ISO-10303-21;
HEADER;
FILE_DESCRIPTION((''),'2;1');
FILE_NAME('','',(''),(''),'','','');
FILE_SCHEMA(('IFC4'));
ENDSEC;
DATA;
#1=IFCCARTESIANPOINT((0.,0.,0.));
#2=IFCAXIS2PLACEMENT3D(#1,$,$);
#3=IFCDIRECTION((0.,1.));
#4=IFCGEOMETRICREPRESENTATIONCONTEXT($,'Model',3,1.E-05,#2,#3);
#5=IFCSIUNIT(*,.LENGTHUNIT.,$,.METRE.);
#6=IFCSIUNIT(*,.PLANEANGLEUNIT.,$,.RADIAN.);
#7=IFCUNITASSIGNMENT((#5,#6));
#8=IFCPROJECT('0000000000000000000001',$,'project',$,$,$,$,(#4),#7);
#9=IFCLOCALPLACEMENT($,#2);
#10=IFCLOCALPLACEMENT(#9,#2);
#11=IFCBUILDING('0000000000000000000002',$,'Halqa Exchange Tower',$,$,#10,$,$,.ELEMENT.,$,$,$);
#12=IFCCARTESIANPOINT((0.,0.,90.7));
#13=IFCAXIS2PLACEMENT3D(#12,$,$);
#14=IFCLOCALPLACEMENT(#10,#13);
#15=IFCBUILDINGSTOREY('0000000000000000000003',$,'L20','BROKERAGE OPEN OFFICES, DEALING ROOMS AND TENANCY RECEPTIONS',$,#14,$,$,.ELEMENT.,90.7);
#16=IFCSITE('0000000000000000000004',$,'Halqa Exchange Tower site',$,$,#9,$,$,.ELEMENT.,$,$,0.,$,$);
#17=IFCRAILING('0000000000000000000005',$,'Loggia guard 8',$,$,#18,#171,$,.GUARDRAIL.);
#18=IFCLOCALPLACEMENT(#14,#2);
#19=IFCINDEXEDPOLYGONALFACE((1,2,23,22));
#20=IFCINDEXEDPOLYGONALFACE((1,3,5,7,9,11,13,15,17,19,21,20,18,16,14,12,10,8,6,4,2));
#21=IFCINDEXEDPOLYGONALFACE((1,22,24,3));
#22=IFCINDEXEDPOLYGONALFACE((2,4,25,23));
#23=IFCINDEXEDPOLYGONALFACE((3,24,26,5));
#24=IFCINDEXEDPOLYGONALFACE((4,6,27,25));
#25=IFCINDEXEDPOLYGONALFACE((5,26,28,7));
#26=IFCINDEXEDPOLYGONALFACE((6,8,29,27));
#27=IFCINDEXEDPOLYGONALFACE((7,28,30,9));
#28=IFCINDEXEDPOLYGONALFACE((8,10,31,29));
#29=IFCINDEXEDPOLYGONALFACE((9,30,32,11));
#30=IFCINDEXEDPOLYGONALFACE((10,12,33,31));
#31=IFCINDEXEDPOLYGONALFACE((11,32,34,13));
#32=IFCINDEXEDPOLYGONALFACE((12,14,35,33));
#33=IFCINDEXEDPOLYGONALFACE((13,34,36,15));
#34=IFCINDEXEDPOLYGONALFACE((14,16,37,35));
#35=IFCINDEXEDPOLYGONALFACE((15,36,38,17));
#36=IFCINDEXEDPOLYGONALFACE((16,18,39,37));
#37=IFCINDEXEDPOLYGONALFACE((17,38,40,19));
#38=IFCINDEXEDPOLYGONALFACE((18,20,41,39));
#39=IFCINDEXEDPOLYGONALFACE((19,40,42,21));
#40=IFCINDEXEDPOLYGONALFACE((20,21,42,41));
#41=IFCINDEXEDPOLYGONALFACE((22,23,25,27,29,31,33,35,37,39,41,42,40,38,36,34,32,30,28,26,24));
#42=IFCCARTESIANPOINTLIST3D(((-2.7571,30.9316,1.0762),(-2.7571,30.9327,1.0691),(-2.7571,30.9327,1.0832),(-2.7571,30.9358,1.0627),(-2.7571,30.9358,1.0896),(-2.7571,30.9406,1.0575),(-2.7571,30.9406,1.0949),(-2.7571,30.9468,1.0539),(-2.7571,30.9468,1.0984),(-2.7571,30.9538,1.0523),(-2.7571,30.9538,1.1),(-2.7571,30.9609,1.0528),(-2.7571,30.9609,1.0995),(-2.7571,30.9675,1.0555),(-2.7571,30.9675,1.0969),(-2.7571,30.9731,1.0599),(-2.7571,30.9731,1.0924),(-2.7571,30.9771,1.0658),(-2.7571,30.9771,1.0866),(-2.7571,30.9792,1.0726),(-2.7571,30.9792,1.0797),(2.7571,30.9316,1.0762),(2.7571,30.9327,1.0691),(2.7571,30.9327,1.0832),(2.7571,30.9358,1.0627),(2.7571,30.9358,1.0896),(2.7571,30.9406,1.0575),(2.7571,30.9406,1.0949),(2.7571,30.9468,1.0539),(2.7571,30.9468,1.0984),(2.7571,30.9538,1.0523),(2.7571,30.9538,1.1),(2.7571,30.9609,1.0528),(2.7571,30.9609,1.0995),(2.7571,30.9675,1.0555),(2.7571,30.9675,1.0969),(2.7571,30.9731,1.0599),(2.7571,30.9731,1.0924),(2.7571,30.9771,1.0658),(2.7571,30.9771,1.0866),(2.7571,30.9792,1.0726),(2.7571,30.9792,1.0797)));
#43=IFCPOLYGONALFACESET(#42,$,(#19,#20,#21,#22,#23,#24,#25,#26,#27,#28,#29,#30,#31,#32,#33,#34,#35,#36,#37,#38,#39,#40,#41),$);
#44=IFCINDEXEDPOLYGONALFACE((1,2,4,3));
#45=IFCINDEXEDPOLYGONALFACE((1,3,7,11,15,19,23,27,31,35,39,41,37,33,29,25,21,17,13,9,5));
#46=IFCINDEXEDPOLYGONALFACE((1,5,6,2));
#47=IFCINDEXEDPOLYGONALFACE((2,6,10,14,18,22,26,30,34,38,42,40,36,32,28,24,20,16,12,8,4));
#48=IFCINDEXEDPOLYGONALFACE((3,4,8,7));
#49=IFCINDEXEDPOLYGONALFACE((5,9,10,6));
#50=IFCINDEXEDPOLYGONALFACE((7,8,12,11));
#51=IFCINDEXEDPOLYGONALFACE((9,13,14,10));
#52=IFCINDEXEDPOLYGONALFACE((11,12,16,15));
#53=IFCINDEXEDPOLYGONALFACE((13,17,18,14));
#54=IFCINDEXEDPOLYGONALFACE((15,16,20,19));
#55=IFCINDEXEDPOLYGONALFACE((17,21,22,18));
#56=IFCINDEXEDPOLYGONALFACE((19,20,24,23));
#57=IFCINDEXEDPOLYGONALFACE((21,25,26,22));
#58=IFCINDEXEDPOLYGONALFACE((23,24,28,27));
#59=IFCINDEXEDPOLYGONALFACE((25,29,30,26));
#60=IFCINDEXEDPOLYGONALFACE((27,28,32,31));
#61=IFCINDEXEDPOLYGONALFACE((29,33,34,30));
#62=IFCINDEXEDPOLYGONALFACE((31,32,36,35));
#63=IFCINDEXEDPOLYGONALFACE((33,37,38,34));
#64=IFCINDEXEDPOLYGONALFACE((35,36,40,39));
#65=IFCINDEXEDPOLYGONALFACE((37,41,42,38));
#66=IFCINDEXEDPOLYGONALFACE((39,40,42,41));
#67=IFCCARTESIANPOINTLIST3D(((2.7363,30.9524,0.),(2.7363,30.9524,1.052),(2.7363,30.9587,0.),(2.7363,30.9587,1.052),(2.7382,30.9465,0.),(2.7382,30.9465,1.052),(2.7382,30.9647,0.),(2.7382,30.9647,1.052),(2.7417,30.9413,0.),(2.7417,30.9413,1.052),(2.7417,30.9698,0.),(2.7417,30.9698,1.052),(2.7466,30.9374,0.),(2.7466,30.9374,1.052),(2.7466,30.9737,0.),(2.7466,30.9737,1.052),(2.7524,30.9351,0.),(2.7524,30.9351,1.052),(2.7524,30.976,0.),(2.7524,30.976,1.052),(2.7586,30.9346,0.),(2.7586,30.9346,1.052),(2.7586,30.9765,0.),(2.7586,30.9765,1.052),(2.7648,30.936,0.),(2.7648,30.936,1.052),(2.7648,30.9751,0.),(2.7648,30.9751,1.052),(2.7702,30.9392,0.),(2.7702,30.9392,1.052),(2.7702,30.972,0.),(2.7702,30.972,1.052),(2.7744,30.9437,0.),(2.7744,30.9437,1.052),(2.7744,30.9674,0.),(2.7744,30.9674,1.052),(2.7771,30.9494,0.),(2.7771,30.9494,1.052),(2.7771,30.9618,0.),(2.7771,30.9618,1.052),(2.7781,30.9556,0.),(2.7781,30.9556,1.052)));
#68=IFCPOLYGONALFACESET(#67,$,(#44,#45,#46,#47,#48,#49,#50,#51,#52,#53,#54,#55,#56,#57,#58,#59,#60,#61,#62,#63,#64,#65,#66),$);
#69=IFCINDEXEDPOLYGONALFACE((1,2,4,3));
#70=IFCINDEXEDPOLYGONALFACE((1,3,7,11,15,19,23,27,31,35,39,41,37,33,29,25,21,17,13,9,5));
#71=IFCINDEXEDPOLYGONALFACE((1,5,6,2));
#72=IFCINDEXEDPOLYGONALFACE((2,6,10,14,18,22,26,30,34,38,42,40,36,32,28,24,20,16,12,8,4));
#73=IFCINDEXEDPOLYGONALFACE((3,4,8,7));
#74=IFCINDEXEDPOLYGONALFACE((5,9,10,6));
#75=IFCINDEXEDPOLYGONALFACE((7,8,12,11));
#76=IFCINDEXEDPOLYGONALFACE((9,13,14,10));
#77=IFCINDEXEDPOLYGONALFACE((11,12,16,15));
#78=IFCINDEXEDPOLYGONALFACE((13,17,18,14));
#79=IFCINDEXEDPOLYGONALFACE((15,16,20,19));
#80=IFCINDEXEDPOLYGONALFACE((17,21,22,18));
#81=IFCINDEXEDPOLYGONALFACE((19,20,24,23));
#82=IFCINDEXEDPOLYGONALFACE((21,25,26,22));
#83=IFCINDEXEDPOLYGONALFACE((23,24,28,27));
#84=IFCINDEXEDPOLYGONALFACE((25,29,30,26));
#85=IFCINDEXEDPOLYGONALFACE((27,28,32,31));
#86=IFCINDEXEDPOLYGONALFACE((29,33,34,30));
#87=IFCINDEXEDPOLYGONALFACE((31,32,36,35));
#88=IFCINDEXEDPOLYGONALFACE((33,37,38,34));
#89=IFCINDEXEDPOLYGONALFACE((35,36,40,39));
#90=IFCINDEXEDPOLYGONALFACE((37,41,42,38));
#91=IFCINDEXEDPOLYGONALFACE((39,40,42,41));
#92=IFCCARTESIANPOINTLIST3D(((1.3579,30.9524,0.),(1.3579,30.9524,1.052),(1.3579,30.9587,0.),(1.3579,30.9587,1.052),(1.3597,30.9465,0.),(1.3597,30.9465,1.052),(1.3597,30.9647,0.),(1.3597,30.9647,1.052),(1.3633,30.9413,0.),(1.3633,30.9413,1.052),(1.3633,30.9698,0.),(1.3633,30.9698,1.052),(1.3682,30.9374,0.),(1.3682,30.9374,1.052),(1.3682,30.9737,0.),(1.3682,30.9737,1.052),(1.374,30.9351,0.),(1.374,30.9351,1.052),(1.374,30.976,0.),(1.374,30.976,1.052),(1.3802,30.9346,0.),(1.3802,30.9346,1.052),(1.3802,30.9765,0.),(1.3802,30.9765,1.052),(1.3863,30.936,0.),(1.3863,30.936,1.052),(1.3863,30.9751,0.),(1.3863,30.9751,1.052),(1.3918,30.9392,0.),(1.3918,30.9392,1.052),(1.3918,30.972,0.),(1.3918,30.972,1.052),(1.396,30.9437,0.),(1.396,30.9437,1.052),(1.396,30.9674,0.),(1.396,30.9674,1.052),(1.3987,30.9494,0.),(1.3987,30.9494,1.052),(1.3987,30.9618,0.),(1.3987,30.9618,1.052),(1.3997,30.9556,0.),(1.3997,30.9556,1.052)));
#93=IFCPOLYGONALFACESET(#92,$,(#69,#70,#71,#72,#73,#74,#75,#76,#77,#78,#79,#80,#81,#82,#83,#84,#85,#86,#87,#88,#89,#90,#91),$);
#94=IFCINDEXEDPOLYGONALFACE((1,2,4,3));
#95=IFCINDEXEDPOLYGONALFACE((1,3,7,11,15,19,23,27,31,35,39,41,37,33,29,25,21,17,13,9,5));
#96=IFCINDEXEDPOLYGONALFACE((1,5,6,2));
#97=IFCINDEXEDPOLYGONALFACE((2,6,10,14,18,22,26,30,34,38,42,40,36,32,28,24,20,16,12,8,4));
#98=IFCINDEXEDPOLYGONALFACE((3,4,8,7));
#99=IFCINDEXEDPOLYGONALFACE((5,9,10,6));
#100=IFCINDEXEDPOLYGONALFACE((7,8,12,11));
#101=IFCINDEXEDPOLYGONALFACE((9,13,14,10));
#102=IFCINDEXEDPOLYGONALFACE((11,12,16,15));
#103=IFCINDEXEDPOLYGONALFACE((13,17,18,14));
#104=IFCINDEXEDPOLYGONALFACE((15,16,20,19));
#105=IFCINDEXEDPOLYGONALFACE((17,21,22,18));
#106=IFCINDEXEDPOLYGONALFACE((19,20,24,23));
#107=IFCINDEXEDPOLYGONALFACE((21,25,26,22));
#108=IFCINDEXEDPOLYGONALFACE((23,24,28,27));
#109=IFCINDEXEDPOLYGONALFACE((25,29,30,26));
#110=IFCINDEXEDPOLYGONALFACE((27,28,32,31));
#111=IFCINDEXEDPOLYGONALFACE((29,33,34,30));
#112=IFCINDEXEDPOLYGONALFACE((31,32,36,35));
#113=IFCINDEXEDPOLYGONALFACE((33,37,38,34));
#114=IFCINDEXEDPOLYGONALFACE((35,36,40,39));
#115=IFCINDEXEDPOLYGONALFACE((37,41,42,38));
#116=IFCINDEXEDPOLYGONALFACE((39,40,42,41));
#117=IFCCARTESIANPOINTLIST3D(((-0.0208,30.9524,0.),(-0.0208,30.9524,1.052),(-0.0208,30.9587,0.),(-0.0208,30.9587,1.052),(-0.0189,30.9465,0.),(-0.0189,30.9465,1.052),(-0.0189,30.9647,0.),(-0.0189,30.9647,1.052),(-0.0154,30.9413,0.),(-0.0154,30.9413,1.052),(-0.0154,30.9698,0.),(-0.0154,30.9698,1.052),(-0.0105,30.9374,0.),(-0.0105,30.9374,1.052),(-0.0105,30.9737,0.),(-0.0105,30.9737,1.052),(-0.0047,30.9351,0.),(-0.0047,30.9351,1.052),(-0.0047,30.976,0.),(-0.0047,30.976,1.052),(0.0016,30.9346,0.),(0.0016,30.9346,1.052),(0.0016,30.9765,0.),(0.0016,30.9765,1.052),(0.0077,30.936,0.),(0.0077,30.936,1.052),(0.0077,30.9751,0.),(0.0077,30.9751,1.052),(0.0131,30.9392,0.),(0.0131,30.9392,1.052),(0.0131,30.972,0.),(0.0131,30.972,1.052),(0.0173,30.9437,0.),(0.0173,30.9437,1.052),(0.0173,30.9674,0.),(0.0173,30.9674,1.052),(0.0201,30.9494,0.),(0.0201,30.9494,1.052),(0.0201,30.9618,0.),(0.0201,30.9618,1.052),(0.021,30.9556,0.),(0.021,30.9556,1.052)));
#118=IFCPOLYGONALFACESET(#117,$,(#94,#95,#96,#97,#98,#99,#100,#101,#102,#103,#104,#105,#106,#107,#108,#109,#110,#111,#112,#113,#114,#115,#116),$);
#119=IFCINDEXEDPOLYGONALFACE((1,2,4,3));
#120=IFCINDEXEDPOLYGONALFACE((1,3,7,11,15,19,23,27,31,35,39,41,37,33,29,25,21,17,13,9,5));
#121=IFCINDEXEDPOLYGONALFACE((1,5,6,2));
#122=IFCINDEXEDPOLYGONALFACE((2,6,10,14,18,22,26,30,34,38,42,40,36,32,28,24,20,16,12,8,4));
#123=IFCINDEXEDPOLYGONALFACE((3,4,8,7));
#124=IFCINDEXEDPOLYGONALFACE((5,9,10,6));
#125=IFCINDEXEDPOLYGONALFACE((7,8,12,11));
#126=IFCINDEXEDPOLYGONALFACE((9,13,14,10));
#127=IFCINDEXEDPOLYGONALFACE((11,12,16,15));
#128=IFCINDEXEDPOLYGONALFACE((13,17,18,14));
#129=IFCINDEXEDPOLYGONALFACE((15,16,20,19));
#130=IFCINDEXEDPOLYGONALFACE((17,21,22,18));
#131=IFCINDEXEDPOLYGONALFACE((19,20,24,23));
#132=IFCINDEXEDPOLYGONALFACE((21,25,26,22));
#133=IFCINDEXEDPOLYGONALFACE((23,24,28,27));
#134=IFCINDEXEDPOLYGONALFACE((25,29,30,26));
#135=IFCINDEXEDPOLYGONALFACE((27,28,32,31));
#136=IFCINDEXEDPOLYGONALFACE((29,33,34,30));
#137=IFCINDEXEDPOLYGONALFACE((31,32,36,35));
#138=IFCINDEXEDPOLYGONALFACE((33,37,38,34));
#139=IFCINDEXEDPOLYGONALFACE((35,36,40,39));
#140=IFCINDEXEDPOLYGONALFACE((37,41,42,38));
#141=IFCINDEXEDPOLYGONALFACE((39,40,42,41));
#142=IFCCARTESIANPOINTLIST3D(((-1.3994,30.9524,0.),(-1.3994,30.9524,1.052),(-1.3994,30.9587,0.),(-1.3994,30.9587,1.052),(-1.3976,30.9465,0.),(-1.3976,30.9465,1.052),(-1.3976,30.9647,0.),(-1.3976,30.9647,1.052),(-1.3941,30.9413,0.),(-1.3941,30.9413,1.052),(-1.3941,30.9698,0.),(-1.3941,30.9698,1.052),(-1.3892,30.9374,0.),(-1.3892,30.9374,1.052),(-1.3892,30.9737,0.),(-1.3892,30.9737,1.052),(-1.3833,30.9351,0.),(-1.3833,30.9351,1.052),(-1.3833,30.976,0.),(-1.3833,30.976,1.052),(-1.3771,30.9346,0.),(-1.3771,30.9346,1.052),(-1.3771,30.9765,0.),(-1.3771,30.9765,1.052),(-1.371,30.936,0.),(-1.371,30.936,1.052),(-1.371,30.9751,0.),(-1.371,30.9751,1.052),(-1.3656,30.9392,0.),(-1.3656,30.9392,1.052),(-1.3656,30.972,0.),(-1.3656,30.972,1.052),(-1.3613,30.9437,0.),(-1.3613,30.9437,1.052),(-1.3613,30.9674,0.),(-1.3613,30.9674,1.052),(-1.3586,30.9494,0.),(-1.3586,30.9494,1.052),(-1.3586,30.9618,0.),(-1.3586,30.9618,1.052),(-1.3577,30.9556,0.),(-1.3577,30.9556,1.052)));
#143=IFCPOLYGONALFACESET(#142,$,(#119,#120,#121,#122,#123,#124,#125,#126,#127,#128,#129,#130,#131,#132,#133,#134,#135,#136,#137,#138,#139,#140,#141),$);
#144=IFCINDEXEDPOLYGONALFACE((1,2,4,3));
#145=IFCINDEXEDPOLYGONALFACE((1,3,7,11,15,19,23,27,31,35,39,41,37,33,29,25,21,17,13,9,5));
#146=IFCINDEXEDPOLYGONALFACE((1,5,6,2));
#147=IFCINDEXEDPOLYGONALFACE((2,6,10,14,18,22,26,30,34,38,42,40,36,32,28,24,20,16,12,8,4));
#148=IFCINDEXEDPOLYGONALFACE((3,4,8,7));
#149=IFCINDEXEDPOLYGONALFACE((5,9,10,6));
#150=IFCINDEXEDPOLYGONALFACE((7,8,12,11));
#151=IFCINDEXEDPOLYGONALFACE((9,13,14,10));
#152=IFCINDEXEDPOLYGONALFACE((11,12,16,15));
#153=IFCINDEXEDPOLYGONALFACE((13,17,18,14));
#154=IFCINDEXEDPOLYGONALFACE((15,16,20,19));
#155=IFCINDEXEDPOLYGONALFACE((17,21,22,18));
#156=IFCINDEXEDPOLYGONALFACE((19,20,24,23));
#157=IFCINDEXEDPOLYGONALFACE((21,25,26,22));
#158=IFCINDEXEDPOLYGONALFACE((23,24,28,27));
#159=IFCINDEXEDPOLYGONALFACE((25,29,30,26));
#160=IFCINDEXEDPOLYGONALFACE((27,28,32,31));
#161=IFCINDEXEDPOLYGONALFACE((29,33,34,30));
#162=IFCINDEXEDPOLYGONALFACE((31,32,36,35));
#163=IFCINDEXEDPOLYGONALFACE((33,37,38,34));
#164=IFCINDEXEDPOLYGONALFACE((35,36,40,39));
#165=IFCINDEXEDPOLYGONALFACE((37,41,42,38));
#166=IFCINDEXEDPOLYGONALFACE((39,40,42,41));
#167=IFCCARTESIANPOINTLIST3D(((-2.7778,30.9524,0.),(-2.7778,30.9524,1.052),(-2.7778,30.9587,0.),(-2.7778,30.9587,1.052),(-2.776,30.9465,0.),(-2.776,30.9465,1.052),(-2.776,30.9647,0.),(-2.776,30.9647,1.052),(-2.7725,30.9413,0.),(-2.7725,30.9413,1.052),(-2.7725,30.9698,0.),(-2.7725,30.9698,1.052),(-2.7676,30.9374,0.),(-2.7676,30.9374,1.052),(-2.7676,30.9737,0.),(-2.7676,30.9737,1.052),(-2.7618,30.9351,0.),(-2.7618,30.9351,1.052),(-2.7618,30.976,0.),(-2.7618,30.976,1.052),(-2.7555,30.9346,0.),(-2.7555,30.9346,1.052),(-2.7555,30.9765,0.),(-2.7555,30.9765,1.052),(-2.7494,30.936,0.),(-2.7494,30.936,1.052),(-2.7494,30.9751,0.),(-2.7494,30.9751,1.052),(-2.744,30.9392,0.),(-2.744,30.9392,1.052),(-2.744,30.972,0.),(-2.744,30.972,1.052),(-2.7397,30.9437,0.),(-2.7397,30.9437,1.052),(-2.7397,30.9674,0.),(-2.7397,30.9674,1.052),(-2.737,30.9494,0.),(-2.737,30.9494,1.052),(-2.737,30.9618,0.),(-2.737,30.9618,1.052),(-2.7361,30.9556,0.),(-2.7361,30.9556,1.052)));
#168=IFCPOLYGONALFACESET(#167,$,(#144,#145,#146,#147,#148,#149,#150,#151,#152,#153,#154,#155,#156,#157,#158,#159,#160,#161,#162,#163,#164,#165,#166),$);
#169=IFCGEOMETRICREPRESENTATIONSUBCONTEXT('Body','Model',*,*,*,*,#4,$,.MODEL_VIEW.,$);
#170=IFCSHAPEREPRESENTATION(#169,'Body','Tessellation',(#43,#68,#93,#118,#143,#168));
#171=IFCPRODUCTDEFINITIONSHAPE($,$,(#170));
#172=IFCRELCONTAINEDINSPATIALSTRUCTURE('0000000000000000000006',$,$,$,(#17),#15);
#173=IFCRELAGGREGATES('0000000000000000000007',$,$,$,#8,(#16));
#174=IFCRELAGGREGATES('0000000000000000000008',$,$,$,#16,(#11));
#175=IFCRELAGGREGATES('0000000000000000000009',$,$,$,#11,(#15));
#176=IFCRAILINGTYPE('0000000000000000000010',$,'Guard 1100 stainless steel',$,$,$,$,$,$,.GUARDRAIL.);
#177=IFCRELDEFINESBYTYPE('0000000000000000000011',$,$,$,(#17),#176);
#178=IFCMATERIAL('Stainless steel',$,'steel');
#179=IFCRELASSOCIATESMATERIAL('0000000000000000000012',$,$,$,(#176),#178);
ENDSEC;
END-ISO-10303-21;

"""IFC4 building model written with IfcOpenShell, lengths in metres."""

from ifc_helpers import new_model, si_unit, direction, frame, origin, origin_2d, place, context, subcontext, project, spatial, circle, extrude, material, type_object, element, save


model = new_model("IFC4")

# Units and contexts
model_context = context("Model", 3, precision=1e-05, world=origin(), true_north=direction((0.0, 1.0)))
body_context = subcontext(model_context, "Body", "Model", "MODEL_VIEW")
ifc_project = project(units=[si_unit("LENGTHUNIT", "METRE"), si_unit("PLANEANGLEUNIT", "RADIAN")], contexts=[model_context])

# Site, building, storey
site_placement = place(None, origin())
site = spatial("IfcSite", under=ifc_project, at=site_placement, Name="Halqa Exchange Tower site", CompositionType="ELEMENT", RefElevation=0.0)
building_placement = place(site_placement, origin())
building = spatial("IfcBuilding", under=site, at=building_placement, Name="Halqa Exchange Tower", CompositionType="ELEMENT")
storey_placement = place(building_placement, frame((0.0, 0.0, 90.7)))
storey = spatial("IfcBuildingStorey", under=building, at=storey_placement, Name="L20", Description="BROKERAGE OPEN OFFICES, DEALING ROOMS AND TENANCY RECEPTIONS", CompositionType="ELEMENT", Elevation=90.7)

# Railing
ifc_material_1 = material(Name="Stainless steel", Category="steel")
railing_type_1 = type_object("IfcRailingType", Name="Guard 1100 stainless steel", PredefinedType="GUARDRAIL", material=ifc_material_1)
railing_1_placement = place(storey_placement, frame((2.7571, 30.9556, 0.0)))
element("IfcRailing", 1, at=railing_1_placement, inside=storey, type_object=railing_type_1, Name="Loggia guard 8", PredefinedType="GUARDRAIL", context=body_context, shape_type="SweptSolid", body=[
    extrude(circle(Radius=0.0239, at=origin_2d()), frame((0.0, 0.0, 1.0762), z_axis=(-1.0, 0.0, 0.0), x_axis=(0.0, -1.0, 0.0)), (0.0, 0.0, 1.0), 5.5142),
    extrude(circle(Radius=0.021, at=origin_2d()), origin(), (0.0, 0.0, 1.0), 1.052),
    extrude(circle(Radius=0.021, at=origin_2d()), frame((-1.3784, 0.0, 0.0)), (0.0, 0.0, 1.0), 1.052),
    extrude(circle(Radius=0.021, at=origin_2d()), frame((-2.7571, 0.0, 0.0)), (0.0, 0.0, 1.0), 1.052),
    extrude(circle(Radius=0.021, at=origin_2d()), frame((-4.1357, 0.0, 0.0)), (0.0, 0.0, 1.0), 1.052),
    extrude(circle(Radius=0.021, at=origin_2d()), frame((-5.5142, 0.0, 0.0)), (0.0, 0.0, 1.0), 1.052),
])

save(model, "model.ifc")
